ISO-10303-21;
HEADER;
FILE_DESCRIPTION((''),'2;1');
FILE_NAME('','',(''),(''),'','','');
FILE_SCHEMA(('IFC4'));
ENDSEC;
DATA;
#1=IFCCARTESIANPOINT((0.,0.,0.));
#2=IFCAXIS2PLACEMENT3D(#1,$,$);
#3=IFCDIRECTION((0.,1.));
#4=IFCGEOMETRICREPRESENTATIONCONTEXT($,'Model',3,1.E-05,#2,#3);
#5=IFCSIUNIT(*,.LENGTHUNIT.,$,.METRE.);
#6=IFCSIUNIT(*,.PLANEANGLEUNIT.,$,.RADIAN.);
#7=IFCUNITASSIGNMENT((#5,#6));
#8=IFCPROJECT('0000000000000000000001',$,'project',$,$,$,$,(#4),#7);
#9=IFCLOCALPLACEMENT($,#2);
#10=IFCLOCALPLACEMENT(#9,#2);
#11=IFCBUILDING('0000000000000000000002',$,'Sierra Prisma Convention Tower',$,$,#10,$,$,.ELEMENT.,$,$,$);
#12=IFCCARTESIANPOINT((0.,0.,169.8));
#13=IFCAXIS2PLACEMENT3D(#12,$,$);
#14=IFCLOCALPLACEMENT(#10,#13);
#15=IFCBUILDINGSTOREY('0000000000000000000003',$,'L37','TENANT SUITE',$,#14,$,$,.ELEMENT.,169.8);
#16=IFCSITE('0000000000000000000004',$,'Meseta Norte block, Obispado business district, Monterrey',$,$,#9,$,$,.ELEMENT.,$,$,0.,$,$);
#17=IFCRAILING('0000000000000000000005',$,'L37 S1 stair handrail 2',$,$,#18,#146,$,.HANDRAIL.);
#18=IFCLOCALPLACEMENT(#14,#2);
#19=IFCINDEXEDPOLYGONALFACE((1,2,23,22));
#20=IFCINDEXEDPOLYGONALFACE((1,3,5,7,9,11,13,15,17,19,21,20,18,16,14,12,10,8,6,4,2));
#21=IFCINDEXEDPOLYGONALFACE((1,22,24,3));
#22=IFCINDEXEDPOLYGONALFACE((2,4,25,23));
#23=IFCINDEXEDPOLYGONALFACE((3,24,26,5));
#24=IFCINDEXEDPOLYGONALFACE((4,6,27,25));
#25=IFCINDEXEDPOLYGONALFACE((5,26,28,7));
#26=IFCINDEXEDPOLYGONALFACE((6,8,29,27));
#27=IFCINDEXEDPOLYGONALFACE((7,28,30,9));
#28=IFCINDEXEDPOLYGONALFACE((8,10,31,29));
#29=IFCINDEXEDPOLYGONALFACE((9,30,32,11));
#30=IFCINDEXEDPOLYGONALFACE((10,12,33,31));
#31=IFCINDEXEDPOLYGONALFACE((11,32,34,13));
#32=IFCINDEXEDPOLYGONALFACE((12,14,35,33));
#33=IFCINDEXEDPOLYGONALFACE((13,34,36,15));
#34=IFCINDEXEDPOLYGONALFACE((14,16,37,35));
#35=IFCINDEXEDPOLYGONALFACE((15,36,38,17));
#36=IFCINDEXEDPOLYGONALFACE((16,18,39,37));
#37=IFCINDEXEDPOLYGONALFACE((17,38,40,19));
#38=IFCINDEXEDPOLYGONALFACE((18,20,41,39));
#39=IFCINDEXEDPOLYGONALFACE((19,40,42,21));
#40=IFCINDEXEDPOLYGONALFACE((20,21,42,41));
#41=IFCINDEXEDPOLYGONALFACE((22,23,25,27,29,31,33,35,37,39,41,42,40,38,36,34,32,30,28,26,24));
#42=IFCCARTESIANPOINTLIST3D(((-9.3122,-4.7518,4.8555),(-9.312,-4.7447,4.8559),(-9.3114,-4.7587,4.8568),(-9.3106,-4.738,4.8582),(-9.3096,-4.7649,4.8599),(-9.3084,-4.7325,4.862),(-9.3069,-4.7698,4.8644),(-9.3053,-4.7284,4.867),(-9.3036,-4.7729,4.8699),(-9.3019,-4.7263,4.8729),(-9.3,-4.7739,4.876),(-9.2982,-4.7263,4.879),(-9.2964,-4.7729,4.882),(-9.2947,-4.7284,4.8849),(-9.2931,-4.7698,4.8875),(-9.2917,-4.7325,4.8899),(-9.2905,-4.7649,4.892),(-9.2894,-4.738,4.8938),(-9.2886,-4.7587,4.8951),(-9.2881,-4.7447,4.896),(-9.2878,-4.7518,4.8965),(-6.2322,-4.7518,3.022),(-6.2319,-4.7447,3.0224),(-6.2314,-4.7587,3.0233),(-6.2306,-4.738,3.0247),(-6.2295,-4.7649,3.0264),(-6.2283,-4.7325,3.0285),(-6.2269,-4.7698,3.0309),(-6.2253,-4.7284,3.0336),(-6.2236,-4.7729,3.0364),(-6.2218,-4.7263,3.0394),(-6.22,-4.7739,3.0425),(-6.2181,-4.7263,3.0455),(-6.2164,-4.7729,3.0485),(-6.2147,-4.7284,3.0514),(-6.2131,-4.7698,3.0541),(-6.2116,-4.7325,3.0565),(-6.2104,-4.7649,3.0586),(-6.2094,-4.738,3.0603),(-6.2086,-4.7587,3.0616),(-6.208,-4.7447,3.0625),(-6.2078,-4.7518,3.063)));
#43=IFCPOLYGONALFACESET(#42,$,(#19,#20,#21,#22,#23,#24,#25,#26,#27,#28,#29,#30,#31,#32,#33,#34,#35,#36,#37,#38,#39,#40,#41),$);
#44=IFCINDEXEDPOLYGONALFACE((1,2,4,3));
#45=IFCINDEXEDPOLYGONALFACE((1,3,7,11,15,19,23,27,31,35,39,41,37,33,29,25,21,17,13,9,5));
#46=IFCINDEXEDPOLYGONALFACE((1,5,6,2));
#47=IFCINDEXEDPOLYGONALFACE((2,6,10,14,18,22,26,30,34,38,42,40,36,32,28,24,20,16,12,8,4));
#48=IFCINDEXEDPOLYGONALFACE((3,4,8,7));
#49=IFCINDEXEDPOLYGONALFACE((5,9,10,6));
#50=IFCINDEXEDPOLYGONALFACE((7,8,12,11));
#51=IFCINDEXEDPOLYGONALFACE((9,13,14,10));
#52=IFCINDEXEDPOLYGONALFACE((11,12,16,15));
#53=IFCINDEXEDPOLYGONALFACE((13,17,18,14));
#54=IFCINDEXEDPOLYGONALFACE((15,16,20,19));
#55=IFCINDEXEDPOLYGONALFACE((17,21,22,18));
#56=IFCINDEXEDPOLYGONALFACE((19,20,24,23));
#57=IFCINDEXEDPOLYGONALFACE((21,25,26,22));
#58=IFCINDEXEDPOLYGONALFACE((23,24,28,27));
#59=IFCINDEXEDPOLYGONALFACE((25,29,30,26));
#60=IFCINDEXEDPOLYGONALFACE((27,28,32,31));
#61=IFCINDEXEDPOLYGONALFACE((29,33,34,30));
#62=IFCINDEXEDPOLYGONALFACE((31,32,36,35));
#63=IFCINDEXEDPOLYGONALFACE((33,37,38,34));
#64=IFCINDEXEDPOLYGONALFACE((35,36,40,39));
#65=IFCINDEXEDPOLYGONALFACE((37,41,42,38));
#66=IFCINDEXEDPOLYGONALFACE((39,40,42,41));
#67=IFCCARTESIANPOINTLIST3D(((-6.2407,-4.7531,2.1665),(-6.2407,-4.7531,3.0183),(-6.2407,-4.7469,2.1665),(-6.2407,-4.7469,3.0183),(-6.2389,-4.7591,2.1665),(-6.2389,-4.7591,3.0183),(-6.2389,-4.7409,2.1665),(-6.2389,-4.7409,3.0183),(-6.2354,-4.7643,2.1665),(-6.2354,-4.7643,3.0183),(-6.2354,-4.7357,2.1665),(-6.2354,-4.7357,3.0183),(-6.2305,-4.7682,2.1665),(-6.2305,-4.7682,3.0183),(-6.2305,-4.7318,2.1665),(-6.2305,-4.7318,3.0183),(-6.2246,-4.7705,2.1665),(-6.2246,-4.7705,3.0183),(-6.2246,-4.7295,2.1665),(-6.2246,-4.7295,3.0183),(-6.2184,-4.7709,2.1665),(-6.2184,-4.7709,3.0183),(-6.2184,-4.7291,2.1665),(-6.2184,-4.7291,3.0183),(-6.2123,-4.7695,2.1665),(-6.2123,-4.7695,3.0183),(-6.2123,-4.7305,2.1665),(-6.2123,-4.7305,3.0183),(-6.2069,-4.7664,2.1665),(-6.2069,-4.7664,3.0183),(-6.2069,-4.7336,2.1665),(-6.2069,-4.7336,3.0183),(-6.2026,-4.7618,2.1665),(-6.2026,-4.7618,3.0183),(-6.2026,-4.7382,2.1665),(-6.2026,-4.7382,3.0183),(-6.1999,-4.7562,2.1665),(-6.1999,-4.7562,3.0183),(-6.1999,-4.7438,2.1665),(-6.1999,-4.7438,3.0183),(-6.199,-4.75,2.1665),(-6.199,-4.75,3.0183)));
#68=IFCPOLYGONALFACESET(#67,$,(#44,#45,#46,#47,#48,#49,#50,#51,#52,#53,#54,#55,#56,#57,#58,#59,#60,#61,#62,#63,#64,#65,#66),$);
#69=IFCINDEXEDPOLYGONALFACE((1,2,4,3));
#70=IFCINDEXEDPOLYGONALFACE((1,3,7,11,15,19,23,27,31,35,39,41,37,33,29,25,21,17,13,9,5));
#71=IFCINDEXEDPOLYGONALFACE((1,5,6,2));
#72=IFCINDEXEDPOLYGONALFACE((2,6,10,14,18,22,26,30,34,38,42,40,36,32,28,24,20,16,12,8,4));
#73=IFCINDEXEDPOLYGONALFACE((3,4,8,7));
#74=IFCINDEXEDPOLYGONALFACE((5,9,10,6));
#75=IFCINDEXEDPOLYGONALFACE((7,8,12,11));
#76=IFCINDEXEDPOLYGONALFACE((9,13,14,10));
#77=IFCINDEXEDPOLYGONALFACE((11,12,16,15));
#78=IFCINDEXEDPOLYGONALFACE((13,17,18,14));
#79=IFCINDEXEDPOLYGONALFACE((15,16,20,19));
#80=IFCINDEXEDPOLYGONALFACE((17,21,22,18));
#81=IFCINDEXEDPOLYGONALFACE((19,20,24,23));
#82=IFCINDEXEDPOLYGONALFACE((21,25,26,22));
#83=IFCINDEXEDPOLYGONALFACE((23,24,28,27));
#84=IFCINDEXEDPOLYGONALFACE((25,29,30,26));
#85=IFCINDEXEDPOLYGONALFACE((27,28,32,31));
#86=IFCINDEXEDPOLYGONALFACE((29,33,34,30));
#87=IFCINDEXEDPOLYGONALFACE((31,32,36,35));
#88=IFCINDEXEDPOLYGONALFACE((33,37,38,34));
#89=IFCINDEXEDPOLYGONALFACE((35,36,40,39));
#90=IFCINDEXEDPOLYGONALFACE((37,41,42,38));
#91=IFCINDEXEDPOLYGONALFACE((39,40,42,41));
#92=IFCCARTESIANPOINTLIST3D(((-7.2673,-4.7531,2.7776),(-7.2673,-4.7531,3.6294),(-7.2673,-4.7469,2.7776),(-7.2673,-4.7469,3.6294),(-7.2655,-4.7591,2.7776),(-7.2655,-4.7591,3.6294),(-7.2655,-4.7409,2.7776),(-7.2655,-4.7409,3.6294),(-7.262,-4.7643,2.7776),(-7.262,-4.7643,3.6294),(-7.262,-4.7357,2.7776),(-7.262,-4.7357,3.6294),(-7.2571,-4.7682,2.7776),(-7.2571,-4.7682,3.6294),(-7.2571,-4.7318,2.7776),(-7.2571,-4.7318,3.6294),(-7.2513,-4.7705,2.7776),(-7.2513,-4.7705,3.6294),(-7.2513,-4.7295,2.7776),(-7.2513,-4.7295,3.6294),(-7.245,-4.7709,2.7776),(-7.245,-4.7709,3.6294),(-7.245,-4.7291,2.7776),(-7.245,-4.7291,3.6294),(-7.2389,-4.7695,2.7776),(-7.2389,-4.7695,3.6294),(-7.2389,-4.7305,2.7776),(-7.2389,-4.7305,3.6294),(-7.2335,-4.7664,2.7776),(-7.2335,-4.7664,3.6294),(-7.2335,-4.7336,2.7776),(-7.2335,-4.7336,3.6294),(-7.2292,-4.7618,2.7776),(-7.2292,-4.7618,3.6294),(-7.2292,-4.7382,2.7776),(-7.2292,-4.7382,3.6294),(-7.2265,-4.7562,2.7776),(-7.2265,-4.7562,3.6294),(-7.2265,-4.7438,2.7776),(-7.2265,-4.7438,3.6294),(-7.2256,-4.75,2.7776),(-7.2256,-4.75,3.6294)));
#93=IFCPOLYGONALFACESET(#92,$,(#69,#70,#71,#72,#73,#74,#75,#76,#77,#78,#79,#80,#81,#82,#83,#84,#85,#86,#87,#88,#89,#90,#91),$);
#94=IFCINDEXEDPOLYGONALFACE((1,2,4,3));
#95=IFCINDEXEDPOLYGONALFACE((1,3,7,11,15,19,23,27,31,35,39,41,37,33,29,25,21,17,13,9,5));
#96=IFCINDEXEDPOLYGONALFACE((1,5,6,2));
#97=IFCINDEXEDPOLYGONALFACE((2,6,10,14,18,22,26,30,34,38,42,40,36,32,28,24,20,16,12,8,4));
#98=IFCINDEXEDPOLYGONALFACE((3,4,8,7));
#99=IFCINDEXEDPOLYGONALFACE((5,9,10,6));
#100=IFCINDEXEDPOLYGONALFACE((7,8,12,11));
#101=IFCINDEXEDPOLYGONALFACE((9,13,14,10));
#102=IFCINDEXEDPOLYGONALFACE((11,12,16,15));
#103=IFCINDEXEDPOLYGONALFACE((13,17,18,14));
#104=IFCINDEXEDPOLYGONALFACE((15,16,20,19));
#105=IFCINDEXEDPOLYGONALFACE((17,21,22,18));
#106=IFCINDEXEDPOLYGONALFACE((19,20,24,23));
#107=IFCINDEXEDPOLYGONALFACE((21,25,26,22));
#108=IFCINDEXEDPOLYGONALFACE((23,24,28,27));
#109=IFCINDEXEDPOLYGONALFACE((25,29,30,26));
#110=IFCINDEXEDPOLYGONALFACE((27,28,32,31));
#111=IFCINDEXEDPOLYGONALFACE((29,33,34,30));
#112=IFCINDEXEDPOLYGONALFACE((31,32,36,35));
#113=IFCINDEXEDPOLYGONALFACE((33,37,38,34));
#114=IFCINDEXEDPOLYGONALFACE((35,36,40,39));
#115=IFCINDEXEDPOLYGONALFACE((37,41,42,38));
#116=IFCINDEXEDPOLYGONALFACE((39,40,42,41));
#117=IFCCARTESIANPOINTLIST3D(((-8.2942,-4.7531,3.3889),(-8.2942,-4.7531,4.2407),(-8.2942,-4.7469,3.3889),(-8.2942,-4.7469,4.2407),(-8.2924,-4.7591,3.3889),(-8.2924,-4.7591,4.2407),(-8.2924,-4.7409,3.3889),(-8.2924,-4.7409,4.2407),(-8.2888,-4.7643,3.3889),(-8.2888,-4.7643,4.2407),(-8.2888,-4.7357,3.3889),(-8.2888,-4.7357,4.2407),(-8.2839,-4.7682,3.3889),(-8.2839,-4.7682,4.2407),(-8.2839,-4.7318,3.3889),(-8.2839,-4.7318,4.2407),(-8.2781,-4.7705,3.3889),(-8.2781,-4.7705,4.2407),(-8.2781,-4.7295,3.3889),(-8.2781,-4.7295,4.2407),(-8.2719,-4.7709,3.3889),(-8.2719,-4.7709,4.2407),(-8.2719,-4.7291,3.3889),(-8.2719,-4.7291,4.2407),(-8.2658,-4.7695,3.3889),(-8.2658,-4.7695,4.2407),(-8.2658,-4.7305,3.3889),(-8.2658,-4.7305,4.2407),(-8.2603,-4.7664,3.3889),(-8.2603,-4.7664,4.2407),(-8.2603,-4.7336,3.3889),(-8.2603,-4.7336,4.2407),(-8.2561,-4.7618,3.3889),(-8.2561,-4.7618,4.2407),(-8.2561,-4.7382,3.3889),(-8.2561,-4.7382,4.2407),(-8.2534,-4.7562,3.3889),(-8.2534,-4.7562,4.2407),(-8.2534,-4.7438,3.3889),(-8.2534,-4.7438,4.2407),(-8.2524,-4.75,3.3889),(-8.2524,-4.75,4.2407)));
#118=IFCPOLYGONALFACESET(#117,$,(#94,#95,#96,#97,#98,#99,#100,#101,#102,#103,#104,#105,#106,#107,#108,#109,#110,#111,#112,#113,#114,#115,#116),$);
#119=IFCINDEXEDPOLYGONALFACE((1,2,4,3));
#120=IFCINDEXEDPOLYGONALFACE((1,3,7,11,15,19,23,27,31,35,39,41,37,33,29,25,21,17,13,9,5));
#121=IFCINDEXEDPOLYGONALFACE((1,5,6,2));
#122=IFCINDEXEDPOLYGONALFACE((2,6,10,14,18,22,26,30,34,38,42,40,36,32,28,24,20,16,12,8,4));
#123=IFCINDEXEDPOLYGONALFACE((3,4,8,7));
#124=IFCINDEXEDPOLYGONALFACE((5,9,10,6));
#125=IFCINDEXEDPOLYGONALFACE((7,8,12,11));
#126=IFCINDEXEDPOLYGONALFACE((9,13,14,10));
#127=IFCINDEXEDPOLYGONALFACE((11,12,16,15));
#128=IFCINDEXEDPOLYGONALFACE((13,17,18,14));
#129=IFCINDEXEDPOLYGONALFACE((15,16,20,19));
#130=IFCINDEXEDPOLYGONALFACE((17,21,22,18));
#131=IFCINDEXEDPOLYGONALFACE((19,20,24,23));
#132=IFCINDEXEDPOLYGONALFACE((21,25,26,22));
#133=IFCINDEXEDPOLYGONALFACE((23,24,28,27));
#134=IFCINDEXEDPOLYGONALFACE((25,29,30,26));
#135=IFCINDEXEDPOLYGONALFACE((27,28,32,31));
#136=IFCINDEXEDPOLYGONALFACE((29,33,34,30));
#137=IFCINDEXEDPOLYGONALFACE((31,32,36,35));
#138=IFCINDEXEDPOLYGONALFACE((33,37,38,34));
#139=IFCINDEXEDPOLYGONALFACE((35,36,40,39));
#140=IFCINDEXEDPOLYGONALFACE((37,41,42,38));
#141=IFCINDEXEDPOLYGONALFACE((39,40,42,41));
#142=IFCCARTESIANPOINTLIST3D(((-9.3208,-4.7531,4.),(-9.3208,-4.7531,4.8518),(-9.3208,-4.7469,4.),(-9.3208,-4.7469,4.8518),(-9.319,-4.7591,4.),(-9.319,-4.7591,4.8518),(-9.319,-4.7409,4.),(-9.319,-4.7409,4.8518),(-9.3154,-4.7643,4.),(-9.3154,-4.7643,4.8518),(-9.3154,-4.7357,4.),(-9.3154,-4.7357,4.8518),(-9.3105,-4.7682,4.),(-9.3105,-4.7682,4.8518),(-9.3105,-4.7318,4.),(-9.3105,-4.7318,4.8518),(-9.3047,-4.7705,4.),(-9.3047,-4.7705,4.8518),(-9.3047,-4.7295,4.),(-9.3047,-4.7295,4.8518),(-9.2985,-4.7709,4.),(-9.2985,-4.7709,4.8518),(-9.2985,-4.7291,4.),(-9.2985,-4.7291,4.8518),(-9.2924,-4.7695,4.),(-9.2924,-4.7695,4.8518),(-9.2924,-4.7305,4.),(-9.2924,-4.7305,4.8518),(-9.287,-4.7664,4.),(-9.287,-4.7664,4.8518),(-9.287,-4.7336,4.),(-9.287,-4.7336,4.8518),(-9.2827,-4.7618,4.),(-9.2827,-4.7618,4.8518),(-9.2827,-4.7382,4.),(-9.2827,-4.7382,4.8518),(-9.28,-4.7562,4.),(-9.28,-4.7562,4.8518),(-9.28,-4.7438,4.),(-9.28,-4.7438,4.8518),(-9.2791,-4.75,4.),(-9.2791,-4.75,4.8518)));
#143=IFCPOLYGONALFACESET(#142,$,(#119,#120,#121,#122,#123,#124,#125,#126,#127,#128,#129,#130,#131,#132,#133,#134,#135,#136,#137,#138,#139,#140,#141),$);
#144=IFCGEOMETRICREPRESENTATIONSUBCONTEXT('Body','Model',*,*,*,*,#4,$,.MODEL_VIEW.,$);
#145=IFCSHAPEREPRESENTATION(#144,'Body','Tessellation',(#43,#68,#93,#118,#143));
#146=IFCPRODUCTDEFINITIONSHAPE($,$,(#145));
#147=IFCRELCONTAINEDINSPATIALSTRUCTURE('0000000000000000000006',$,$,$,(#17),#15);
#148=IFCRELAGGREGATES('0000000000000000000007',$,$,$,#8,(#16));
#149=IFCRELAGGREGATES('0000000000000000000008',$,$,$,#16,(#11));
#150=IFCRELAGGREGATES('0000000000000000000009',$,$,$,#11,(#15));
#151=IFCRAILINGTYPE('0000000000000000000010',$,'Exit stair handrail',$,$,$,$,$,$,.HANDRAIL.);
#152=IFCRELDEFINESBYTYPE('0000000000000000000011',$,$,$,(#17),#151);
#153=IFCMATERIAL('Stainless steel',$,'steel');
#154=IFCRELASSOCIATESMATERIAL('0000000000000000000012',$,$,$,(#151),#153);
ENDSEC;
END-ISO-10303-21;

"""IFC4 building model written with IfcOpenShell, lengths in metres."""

from ifc_helpers import new_model, si_unit, direction, frame, origin, origin_2d, place, context, subcontext, project, spatial, circle, extrude, material, type_object, element, save


model = new_model("IFC4")

# Units and contexts
model_context = context("Model", 3, precision=1e-05, world=origin(), true_north=direction((0.0, 1.0)))
body_context = subcontext(model_context, "Body", "Model", "MODEL_VIEW")
ifc_project = project(units=[si_unit("LENGTHUNIT", "METRE"), si_unit("PLANEANGLEUNIT", "RADIAN")], contexts=[model_context])

# Site, building, storey
site_placement = place(None, origin())
site = spatial("IfcSite", under=ifc_project, at=site_placement, Name="Meseta Norte block, Obispado business district, Monterrey", CompositionType="ELEMENT", RefElevation=0.0)
building_placement = place(site_placement, origin())
building = spatial("IfcBuilding", under=site, at=building_placement, Name="Sierra Prisma Convention Tower", CompositionType="ELEMENT")
storey_placement = place(building_placement, frame((0.0, 0.0, 169.8)))
storey = spatial("IfcBuildingStorey", under=building, at=storey_placement, Name="L37", Description="TENANT SUITE", CompositionType="ELEMENT", Elevation=169.8)

# Railing
ifc_material_1 = material(Name="Stainless steel", Category="steel")
railing_type_1 = type_object("IfcRailingType", Name="Exit stair handrail", PredefinedType="HANDRAIL", material=ifc_material_1)
railing_1_placement = place(storey_placement, frame((-6.22, -4.75, 2.1665)))
element("IfcRailing", 1, at=railing_1_placement, inside=storey, type_object=railing_type_1, Name="L37 S1 stair handrail 2", PredefinedType="HANDRAIL", context=body_context, shape_type="SweptSolid", body=[
    extrude(circle(Radius=0.0239, at=origin_2d()), frame((0.0, 0.0, 0.876), z_axis=(-0.859279, 0.0, 0.511508), x_axis=(0.0, -1.0, 0.0)), (0.0, 0.0, 1.0), 3.5845),
    extrude(circle(Radius=0.021, at=origin_2d()), origin(), (0.0, 0.0, 1.0), 0.8518),
    extrude(circle(Radius=0.021, at=origin_2d()), frame((-1.0266, 0.0, 0.6111)), (0.0, 0.0, 1.0), 0.8518),
    extrude(circle(Radius=0.021, at=origin_2d()), frame((-2.0535, 0.0, 1.2224)), (0.0, 0.0, 1.0), 0.8518),
    extrude(circle(Radius=0.021, at=origin_2d()), frame((-3.0801, 0.0, 1.8335)), (0.0, 0.0, 1.0), 0.8518),
])

save(model, "model.ifc")
